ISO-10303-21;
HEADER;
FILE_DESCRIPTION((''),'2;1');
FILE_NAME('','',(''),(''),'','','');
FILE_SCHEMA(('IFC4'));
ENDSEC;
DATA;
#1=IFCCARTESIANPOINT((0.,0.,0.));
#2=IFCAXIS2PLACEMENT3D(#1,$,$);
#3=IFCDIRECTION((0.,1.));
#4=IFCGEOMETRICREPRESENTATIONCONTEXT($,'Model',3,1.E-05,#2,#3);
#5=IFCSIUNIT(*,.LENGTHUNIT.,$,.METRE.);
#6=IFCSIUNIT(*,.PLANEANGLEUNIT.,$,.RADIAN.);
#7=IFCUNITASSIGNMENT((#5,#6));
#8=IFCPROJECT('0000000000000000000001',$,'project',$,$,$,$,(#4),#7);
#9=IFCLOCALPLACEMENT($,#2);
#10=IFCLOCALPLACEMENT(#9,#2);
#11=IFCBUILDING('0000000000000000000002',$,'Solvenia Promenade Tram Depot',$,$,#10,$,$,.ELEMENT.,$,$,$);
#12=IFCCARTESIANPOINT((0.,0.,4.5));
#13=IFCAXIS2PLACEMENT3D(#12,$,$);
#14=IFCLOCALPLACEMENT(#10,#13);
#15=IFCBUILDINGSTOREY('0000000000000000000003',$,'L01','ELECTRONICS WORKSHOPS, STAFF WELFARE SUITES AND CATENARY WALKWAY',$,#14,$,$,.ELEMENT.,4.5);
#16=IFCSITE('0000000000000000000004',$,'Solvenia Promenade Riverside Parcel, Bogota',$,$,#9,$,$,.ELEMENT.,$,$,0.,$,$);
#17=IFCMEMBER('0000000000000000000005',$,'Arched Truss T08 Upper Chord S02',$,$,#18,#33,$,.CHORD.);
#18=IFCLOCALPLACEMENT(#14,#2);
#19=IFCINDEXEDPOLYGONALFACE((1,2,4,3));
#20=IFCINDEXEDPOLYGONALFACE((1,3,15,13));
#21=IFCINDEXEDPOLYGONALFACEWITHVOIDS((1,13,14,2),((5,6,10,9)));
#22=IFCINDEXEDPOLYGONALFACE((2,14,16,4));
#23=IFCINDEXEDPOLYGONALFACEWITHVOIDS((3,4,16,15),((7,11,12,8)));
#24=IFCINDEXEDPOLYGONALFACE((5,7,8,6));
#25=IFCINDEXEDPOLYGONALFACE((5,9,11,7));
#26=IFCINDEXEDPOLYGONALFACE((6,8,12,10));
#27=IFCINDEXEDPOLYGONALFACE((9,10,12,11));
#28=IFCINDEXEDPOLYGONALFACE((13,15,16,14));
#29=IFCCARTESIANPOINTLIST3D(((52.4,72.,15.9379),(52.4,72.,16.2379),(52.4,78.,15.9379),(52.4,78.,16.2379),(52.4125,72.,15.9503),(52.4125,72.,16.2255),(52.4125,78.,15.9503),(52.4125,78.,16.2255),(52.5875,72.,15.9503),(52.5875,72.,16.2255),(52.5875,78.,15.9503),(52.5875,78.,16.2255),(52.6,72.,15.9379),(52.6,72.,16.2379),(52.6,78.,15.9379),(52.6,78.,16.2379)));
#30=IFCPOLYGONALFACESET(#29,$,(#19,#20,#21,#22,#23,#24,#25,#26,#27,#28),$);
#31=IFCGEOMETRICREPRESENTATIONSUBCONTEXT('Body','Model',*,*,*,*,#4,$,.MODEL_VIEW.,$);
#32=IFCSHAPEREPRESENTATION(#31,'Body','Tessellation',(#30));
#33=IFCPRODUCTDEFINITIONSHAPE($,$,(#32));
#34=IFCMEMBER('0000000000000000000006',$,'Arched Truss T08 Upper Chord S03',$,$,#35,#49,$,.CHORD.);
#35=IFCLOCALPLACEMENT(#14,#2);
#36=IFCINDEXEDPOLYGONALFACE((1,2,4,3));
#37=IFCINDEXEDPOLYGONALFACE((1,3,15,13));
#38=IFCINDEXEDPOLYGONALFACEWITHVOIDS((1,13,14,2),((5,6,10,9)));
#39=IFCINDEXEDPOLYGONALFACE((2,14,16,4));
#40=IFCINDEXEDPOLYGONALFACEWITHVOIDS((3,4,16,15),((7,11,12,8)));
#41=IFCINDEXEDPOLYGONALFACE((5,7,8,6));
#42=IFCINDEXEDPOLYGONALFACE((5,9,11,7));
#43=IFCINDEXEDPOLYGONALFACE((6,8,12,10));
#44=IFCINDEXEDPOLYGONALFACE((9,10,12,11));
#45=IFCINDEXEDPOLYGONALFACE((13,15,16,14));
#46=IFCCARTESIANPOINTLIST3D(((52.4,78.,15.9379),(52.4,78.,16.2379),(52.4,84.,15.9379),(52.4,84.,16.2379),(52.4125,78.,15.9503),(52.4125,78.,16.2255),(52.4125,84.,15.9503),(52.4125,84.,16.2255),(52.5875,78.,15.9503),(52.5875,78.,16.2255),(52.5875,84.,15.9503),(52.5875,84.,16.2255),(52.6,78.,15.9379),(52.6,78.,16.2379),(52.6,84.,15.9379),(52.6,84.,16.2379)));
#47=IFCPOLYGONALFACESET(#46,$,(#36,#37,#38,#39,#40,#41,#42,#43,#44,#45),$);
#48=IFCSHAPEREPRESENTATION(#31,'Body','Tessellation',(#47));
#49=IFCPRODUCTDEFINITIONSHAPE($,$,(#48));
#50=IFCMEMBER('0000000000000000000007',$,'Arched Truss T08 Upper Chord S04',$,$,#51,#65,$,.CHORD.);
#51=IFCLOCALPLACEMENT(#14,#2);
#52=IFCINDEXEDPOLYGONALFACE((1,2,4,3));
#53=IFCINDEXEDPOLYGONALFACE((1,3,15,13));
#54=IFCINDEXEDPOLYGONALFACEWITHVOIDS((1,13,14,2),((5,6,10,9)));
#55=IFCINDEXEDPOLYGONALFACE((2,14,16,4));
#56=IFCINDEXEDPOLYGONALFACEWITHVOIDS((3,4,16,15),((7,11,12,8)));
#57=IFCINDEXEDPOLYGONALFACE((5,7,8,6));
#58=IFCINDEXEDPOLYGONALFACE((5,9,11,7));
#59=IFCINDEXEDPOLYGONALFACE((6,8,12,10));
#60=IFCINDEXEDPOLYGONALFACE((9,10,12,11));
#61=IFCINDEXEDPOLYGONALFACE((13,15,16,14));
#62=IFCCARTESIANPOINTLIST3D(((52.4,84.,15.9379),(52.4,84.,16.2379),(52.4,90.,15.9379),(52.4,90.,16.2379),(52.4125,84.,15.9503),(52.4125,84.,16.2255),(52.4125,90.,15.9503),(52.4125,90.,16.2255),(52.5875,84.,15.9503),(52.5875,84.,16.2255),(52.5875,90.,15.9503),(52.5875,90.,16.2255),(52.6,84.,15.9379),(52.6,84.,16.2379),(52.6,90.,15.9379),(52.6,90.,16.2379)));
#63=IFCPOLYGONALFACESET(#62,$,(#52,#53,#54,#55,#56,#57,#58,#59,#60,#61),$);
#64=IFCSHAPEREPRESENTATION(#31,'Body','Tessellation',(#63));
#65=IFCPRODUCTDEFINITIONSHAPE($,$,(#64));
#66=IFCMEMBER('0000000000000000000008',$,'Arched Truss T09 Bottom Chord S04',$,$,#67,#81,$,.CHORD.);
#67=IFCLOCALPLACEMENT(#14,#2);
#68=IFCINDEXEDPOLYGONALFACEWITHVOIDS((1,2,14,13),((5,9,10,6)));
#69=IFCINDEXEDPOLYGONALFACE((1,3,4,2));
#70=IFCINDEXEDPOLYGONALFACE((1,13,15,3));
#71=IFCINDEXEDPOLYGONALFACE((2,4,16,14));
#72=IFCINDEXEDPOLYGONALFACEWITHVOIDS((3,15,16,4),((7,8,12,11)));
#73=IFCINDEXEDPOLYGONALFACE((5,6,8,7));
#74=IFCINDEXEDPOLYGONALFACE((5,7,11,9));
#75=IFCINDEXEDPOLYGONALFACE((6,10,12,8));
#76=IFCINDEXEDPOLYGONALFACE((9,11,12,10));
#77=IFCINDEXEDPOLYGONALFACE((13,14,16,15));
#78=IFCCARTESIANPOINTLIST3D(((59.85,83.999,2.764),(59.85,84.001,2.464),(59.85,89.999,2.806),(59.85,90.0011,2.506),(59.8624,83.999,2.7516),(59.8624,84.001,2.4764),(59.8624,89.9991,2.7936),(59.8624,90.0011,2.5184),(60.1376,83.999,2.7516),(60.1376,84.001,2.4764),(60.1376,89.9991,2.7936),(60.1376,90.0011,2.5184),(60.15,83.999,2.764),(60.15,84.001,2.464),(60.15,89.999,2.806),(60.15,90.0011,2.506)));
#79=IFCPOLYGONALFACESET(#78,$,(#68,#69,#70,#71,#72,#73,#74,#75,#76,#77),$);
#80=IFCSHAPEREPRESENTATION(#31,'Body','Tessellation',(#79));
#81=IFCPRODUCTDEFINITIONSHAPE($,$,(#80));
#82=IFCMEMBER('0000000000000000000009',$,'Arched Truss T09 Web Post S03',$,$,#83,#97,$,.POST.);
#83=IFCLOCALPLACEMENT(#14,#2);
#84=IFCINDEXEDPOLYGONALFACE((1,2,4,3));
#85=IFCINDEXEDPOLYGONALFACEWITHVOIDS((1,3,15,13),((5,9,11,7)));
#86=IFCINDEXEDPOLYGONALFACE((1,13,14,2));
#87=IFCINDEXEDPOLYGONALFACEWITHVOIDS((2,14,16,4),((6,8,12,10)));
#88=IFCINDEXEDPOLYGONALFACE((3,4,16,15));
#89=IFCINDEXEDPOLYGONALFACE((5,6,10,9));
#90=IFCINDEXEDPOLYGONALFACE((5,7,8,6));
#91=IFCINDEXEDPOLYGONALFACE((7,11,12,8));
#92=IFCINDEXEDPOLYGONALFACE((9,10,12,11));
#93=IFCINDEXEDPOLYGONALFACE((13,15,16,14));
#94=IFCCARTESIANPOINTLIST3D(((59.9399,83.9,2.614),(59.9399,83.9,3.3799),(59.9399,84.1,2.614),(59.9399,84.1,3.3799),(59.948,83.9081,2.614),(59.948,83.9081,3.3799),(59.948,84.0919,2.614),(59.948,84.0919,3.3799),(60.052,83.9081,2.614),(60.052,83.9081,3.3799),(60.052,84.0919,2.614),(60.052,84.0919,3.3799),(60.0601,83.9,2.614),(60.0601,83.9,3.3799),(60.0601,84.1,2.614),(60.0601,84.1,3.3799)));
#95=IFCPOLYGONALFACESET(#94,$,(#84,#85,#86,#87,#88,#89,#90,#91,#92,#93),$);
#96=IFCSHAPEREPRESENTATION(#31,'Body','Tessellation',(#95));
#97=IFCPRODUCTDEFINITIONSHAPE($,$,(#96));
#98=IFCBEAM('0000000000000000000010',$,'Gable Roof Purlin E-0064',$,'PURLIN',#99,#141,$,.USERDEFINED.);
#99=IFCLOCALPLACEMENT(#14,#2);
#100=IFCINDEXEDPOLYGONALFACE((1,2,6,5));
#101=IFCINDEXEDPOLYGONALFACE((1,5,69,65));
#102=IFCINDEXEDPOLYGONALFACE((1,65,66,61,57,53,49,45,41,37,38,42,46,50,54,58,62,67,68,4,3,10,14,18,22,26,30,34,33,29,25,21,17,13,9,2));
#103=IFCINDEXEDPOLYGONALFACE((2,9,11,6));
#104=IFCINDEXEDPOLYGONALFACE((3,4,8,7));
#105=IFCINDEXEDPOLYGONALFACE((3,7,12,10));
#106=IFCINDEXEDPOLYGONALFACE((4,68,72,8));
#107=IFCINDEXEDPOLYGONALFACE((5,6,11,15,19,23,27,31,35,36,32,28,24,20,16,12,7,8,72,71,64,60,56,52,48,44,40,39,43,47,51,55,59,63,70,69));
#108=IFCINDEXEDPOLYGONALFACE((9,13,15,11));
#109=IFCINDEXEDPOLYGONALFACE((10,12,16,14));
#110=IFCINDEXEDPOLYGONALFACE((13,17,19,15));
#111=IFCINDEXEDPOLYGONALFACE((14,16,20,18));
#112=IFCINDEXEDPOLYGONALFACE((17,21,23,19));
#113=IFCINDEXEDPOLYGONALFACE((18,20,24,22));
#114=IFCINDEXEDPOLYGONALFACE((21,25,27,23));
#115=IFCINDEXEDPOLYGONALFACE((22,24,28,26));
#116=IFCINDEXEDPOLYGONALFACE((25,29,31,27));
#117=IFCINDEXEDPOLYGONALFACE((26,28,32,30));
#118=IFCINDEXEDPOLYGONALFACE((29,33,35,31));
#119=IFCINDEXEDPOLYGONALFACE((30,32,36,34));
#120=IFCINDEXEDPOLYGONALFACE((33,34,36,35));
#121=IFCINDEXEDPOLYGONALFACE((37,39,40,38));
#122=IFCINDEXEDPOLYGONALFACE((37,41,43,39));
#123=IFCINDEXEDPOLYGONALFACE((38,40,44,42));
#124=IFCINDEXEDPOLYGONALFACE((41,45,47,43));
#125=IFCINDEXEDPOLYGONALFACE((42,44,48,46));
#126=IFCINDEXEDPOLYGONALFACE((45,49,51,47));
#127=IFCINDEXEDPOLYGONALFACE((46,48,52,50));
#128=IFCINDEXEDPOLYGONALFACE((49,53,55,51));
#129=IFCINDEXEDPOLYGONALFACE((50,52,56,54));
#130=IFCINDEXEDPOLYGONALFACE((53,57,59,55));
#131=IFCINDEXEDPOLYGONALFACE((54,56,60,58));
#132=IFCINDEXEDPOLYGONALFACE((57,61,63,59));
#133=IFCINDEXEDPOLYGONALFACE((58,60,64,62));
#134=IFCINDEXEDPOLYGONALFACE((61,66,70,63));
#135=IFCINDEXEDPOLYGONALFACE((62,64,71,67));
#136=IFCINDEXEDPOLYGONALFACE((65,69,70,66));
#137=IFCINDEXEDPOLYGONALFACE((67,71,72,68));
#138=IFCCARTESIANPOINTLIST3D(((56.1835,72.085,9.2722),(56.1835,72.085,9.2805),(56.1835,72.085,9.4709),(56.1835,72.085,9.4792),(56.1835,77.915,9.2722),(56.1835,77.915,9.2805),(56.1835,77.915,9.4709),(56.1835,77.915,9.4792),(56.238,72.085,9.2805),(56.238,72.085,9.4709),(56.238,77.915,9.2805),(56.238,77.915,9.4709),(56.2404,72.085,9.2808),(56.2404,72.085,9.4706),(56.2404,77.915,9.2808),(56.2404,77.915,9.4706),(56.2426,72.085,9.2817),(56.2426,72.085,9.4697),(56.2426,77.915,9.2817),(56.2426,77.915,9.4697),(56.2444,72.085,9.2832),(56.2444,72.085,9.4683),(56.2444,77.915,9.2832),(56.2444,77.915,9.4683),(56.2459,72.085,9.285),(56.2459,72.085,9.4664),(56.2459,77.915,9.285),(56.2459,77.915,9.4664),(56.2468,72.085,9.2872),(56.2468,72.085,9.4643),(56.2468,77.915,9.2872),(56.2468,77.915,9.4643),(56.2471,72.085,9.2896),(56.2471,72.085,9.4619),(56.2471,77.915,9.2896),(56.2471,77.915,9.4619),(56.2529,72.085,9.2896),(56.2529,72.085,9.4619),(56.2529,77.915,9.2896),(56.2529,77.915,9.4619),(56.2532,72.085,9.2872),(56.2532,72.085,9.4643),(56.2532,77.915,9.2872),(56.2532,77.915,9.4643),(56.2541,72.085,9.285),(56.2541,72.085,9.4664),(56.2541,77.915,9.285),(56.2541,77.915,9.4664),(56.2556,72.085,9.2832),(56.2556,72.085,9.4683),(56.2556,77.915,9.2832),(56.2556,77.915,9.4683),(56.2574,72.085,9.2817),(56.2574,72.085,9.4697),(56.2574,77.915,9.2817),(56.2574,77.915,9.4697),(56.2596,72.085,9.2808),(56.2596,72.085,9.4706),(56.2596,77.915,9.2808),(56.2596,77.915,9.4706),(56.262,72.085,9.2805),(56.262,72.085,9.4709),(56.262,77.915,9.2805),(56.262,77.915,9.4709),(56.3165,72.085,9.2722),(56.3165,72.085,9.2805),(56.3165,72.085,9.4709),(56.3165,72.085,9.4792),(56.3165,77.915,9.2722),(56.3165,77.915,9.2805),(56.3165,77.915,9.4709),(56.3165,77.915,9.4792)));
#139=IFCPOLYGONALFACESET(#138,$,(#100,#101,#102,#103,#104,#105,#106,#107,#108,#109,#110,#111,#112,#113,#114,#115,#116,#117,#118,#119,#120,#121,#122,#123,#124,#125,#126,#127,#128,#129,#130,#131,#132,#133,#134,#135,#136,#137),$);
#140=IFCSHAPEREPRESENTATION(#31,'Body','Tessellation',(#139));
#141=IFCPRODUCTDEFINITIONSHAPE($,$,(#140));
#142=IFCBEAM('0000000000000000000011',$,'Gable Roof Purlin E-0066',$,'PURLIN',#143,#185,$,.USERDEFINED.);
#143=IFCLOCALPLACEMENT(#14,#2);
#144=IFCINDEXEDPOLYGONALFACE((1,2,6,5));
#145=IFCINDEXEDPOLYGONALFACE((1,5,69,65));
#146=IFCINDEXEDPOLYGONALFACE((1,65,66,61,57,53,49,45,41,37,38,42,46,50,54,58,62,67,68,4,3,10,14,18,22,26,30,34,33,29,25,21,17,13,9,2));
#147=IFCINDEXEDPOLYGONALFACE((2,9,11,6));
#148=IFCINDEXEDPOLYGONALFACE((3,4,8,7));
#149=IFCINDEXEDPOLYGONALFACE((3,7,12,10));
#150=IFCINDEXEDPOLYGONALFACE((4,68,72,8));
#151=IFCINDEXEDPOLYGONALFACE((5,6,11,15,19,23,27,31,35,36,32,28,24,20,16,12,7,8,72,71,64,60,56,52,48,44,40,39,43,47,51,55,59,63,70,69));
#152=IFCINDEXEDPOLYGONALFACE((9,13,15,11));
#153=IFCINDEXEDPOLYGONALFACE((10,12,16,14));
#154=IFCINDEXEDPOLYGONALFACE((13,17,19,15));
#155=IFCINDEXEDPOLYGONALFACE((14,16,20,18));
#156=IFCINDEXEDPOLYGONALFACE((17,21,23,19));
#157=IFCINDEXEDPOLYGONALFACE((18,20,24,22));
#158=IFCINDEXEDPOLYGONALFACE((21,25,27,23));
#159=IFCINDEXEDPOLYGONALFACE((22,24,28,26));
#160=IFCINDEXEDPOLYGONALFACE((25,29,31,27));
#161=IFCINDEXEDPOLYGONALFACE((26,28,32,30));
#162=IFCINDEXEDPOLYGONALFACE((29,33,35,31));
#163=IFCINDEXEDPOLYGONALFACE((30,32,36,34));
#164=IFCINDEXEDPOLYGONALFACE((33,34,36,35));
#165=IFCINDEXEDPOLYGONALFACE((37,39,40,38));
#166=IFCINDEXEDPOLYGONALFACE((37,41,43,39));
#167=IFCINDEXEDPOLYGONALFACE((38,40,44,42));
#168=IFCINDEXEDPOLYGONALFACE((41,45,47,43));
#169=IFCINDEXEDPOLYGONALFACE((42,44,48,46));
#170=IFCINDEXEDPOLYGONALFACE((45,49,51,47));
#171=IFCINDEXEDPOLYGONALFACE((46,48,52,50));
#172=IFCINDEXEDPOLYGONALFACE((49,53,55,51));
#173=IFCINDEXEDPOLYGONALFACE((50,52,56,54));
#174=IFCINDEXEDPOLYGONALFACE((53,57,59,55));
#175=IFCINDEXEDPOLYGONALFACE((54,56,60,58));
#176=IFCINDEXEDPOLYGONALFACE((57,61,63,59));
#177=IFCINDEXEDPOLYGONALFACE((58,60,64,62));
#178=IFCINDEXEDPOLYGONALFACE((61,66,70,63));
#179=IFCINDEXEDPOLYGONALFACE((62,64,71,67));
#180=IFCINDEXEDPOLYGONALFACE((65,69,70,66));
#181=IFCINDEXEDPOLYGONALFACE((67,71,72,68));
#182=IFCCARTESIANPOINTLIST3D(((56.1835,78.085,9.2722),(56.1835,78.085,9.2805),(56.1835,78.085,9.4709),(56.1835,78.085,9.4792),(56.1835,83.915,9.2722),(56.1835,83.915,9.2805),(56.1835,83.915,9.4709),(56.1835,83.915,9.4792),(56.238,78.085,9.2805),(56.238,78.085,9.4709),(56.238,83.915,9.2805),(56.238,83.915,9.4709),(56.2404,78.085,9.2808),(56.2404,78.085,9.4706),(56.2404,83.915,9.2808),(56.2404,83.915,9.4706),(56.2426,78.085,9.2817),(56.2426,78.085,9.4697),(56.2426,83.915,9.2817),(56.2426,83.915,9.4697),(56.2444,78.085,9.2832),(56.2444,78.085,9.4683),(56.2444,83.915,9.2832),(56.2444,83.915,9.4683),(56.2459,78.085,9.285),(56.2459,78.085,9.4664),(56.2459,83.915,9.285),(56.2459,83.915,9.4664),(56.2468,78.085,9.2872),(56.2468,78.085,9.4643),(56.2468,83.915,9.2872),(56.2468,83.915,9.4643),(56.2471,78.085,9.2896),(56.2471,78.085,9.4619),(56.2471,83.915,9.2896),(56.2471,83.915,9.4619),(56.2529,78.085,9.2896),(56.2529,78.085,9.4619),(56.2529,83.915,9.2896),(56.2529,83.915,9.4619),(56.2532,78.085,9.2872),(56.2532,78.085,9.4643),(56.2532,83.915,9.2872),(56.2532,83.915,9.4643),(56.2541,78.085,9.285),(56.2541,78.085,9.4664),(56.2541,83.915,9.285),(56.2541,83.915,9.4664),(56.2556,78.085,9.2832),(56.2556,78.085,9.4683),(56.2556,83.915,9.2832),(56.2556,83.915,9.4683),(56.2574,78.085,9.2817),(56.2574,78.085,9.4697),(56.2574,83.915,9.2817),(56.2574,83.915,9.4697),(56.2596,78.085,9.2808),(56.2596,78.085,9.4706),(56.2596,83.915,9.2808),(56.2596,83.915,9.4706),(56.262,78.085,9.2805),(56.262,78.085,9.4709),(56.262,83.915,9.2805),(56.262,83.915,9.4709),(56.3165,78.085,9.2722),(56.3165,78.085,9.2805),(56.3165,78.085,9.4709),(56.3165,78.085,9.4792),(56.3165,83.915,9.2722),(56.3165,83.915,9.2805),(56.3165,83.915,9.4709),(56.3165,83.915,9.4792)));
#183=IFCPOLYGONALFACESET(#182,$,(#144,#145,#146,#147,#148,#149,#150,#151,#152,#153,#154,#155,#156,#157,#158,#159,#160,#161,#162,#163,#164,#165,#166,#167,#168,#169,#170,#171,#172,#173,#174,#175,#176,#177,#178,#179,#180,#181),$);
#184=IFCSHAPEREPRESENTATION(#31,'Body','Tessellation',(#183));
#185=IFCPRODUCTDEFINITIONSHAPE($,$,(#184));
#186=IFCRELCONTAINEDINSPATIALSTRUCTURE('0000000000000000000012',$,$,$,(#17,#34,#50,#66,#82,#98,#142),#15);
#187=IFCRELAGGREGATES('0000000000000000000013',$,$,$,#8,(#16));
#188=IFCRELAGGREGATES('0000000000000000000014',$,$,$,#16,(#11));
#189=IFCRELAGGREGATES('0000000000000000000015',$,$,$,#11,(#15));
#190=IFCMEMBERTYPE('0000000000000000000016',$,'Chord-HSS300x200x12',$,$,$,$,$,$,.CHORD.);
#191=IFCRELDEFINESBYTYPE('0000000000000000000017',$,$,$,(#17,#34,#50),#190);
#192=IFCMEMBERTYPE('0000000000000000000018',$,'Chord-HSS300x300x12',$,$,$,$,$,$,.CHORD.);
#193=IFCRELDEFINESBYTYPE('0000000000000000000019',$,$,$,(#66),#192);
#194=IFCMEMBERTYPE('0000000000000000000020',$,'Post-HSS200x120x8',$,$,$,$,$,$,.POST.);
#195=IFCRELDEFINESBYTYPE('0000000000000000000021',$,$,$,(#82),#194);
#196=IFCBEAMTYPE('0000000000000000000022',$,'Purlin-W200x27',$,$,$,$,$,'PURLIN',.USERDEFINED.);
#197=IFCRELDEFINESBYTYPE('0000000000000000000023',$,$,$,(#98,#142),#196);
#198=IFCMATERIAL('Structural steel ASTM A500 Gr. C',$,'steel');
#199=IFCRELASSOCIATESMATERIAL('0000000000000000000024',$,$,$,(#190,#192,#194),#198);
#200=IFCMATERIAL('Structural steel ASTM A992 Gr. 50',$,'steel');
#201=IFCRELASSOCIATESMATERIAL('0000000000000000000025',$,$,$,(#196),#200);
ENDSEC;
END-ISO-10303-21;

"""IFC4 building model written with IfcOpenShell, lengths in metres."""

from ifc_helpers import new_model, si_unit, direction, frame, origin, origin_2d, place, context, subcontext, project, spatial, hollow_rectangle, i_section, extrude, material, material_profile, profile_set, type_object, element, save


model = new_model("IFC4")

# Units and contexts
model_context = context("Model", 3, precision=1e-05, world=origin(), true_north=direction((0.0, 1.0)))
body_context = subcontext(model_context, "Body", "Model", "MODEL_VIEW")
ifc_project = project(units=[si_unit("LENGTHUNIT", "METRE"), si_unit("PLANEANGLEUNIT", "RADIAN")], contexts=[model_context])

# Site, building, storey
site_placement = place(None, origin())
site = spatial("IfcSite", under=ifc_project, at=site_placement, Name="Solvenia Promenade Riverside Parcel, Bogota", CompositionType="ELEMENT", RefElevation=0.0)
building_placement = place(site_placement, origin())
building = spatial("IfcBuilding", under=site, at=building_placement, Name="Solvenia Promenade Tram Depot", CompositionType="ELEMENT")
storey_placement = place(building_placement, frame((0.0, 0.0, 4.5)))
storey = spatial("IfcBuildingStorey", under=building, at=storey_placement, Name="L01", Description="ELECTRONICS WORKSHOPS, STAFF WELFARE SUITES AND CATENARY WALKWAY", CompositionType="ELEMENT", Elevation=4.5)

# Members
ifc_material_1 = material(Name="Structural steel ASTM A500 Gr. C", Category="steel")
ifc_material_profile_1 = material_profile(ifc_material_1, hollow_rectangle(XDim=0.2, YDim=0.3, WallThickness=0.0125, at=origin_2d()), Name="HSS300x200x12.5", Category="steel")
ifc_profile_set_1 = profile_set([ifc_material_profile_1], Name="Structural steel ASTM A500 Gr. C")
member_type_1 = type_object("IfcMemberType", Name="Chord-HSS300x200x12", PredefinedType="CHORD", material=ifc_profile_set_1)
for number, where, z_axis, x_axis, name in (
    (1, (52.5, 72.0, 16.0879), (0.0, 1.0, 0.0), (-1.0, 0.0, 0.0), "Arched Truss T08 Upper Chord S02"),
    (2, (52.5, 78.0, 16.0879), (0.0, 1.0, 0.0), (-1.0, 0.0, 0.0), "Arched Truss T08 Upper Chord S03"),
    (3, (52.5, 84.0, 16.0879), (0.0, 1.0, 0.0), (-1.0, 0.0, 0.0), "Arched Truss T08 Upper Chord S04"),
):
    element("IfcMember", number, at=place(storey_placement, frame(where, z_axis=z_axis, x_axis=x_axis)), inside=storey, type_object=member_type_1, Name=name, PredefinedType="CHORD", context=body_context, shape_type="SweptSolid", body=[
        extrude(hollow_rectangle(XDim=0.2, YDim=0.3, WallThickness=0.0125, at=origin_2d()), origin(), (0.0, 0.0, 1.0), 6.0),
    ])
ifc_material_profile_2 = material_profile(ifc_material_1, hollow_rectangle(XDim=0.3, YDim=0.3, WallThickness=0.0125, at=origin_2d()), Name="HSS300x300x12.5", Category="steel")
ifc_profile_set_2 = profile_set([ifc_material_profile_2], Name="Structural steel ASTM A500 Gr. C")
member_type_2 = type_object("IfcMemberType", Name="Chord-HSS300x300x12", PredefinedType="CHORD", material=ifc_profile_set_2)
member_1_placement = place(storey_placement, frame((60.0, 84.0, 2.614), z_axis=(0.0, 0.999976, 0.006999), x_axis=(-1.0, 0.0, 0.0)))
element("IfcMember", 4, at=member_1_placement, inside=storey, type_object=member_type_2, Name="Arched Truss T09 Bottom Chord S04", PredefinedType="CHORD", context=body_context, shape_type="SweptSolid", body=[
    extrude(hollow_rectangle(XDim=0.3, YDim=0.3, WallThickness=0.0125, at=origin_2d()), origin(), (0.0, 0.0, 1.0), 6.0002),
])
ifc_material_profile_3 = material_profile(ifc_material_1, hollow_rectangle(XDim=0.1201, YDim=0.2, WallThickness=0.0081, at=origin_2d()), Name="HSS200x120x8", Category="steel")
ifc_profile_set_3 = profile_set([ifc_material_profile_3], Name="Structural steel ASTM A500 Gr. C")
member_type_3 = type_object("IfcMemberType", Name="Post-HSS200x120x8", PredefinedType="POST", material=ifc_profile_set_3)
member_2_placement = place(storey_placement, frame((60.0, 84.0, 2.614), z_axis=(0.0, 0.0, 1.0), x_axis=(1.0, 0.0, 0.0)))
element("IfcMember", 5, at=member_2_placement, inside=storey, type_object=member_type_3, Name="Arched Truss T09 Web Post S03", PredefinedType="POST", context=body_context, shape_type="SweptSolid", body=[
    extrude(hollow_rectangle(XDim=0.1201, YDim=0.2, WallThickness=0.0081, at=origin_2d()), origin(), (0.0, 0.0, 1.0), 0.7659),
])

# Beams
ifc_material_2 = material(Name="Structural steel ASTM A992 Gr. 50", Category="steel")
ifc_material_profile_4 = material_profile(ifc_material_2, i_section(OverallWidth=0.1331, OverallDepth=0.207, WebThickness=0.0059, FlangeThickness=0.0083, FilletRadius=0.009, at=origin_2d()), Name="W200x27", Category="steel")
ifc_profile_set_4 = profile_set([ifc_material_profile_4], Name="Structural steel ASTM A992 Gr. 50")
beam_type_1 = type_object("IfcBeamType", Name="Purlin-W200x27", ElementType="PURLIN", PredefinedType="USERDEFINED", material=ifc_profile_set_4)
for number, where, z_axis, x_axis, name in (
    (6, (56.25, 72.085, 9.3757), (0.0, 1.0, 0.0), (-1.0, 0.0, 0.0), "Gable Roof Purlin E-0064"),
    (7, (56.25, 78.085, 9.3757), (0.0, 1.0, 0.0), (-1.0, 0.0, 0.0), "Gable Roof Purlin E-0066"),
):
    element("IfcBeam", number, at=place(storey_placement, frame(where, z_axis=z_axis, x_axis=x_axis)), inside=storey, type_object=beam_type_1, Name=name, ObjectType="PURLIN", PredefinedType="USERDEFINED", context=body_context, shape_type="SweptSolid", body=[
        extrude(i_section(OverallWidth=0.1331, OverallDepth=0.207, WebThickness=0.0059, FlangeThickness=0.0083, FilletRadius=0.009, at=origin_2d()), origin(), (0.0, 0.0, 1.0), 5.8301),
    ])

save(model, "model.ifc")
